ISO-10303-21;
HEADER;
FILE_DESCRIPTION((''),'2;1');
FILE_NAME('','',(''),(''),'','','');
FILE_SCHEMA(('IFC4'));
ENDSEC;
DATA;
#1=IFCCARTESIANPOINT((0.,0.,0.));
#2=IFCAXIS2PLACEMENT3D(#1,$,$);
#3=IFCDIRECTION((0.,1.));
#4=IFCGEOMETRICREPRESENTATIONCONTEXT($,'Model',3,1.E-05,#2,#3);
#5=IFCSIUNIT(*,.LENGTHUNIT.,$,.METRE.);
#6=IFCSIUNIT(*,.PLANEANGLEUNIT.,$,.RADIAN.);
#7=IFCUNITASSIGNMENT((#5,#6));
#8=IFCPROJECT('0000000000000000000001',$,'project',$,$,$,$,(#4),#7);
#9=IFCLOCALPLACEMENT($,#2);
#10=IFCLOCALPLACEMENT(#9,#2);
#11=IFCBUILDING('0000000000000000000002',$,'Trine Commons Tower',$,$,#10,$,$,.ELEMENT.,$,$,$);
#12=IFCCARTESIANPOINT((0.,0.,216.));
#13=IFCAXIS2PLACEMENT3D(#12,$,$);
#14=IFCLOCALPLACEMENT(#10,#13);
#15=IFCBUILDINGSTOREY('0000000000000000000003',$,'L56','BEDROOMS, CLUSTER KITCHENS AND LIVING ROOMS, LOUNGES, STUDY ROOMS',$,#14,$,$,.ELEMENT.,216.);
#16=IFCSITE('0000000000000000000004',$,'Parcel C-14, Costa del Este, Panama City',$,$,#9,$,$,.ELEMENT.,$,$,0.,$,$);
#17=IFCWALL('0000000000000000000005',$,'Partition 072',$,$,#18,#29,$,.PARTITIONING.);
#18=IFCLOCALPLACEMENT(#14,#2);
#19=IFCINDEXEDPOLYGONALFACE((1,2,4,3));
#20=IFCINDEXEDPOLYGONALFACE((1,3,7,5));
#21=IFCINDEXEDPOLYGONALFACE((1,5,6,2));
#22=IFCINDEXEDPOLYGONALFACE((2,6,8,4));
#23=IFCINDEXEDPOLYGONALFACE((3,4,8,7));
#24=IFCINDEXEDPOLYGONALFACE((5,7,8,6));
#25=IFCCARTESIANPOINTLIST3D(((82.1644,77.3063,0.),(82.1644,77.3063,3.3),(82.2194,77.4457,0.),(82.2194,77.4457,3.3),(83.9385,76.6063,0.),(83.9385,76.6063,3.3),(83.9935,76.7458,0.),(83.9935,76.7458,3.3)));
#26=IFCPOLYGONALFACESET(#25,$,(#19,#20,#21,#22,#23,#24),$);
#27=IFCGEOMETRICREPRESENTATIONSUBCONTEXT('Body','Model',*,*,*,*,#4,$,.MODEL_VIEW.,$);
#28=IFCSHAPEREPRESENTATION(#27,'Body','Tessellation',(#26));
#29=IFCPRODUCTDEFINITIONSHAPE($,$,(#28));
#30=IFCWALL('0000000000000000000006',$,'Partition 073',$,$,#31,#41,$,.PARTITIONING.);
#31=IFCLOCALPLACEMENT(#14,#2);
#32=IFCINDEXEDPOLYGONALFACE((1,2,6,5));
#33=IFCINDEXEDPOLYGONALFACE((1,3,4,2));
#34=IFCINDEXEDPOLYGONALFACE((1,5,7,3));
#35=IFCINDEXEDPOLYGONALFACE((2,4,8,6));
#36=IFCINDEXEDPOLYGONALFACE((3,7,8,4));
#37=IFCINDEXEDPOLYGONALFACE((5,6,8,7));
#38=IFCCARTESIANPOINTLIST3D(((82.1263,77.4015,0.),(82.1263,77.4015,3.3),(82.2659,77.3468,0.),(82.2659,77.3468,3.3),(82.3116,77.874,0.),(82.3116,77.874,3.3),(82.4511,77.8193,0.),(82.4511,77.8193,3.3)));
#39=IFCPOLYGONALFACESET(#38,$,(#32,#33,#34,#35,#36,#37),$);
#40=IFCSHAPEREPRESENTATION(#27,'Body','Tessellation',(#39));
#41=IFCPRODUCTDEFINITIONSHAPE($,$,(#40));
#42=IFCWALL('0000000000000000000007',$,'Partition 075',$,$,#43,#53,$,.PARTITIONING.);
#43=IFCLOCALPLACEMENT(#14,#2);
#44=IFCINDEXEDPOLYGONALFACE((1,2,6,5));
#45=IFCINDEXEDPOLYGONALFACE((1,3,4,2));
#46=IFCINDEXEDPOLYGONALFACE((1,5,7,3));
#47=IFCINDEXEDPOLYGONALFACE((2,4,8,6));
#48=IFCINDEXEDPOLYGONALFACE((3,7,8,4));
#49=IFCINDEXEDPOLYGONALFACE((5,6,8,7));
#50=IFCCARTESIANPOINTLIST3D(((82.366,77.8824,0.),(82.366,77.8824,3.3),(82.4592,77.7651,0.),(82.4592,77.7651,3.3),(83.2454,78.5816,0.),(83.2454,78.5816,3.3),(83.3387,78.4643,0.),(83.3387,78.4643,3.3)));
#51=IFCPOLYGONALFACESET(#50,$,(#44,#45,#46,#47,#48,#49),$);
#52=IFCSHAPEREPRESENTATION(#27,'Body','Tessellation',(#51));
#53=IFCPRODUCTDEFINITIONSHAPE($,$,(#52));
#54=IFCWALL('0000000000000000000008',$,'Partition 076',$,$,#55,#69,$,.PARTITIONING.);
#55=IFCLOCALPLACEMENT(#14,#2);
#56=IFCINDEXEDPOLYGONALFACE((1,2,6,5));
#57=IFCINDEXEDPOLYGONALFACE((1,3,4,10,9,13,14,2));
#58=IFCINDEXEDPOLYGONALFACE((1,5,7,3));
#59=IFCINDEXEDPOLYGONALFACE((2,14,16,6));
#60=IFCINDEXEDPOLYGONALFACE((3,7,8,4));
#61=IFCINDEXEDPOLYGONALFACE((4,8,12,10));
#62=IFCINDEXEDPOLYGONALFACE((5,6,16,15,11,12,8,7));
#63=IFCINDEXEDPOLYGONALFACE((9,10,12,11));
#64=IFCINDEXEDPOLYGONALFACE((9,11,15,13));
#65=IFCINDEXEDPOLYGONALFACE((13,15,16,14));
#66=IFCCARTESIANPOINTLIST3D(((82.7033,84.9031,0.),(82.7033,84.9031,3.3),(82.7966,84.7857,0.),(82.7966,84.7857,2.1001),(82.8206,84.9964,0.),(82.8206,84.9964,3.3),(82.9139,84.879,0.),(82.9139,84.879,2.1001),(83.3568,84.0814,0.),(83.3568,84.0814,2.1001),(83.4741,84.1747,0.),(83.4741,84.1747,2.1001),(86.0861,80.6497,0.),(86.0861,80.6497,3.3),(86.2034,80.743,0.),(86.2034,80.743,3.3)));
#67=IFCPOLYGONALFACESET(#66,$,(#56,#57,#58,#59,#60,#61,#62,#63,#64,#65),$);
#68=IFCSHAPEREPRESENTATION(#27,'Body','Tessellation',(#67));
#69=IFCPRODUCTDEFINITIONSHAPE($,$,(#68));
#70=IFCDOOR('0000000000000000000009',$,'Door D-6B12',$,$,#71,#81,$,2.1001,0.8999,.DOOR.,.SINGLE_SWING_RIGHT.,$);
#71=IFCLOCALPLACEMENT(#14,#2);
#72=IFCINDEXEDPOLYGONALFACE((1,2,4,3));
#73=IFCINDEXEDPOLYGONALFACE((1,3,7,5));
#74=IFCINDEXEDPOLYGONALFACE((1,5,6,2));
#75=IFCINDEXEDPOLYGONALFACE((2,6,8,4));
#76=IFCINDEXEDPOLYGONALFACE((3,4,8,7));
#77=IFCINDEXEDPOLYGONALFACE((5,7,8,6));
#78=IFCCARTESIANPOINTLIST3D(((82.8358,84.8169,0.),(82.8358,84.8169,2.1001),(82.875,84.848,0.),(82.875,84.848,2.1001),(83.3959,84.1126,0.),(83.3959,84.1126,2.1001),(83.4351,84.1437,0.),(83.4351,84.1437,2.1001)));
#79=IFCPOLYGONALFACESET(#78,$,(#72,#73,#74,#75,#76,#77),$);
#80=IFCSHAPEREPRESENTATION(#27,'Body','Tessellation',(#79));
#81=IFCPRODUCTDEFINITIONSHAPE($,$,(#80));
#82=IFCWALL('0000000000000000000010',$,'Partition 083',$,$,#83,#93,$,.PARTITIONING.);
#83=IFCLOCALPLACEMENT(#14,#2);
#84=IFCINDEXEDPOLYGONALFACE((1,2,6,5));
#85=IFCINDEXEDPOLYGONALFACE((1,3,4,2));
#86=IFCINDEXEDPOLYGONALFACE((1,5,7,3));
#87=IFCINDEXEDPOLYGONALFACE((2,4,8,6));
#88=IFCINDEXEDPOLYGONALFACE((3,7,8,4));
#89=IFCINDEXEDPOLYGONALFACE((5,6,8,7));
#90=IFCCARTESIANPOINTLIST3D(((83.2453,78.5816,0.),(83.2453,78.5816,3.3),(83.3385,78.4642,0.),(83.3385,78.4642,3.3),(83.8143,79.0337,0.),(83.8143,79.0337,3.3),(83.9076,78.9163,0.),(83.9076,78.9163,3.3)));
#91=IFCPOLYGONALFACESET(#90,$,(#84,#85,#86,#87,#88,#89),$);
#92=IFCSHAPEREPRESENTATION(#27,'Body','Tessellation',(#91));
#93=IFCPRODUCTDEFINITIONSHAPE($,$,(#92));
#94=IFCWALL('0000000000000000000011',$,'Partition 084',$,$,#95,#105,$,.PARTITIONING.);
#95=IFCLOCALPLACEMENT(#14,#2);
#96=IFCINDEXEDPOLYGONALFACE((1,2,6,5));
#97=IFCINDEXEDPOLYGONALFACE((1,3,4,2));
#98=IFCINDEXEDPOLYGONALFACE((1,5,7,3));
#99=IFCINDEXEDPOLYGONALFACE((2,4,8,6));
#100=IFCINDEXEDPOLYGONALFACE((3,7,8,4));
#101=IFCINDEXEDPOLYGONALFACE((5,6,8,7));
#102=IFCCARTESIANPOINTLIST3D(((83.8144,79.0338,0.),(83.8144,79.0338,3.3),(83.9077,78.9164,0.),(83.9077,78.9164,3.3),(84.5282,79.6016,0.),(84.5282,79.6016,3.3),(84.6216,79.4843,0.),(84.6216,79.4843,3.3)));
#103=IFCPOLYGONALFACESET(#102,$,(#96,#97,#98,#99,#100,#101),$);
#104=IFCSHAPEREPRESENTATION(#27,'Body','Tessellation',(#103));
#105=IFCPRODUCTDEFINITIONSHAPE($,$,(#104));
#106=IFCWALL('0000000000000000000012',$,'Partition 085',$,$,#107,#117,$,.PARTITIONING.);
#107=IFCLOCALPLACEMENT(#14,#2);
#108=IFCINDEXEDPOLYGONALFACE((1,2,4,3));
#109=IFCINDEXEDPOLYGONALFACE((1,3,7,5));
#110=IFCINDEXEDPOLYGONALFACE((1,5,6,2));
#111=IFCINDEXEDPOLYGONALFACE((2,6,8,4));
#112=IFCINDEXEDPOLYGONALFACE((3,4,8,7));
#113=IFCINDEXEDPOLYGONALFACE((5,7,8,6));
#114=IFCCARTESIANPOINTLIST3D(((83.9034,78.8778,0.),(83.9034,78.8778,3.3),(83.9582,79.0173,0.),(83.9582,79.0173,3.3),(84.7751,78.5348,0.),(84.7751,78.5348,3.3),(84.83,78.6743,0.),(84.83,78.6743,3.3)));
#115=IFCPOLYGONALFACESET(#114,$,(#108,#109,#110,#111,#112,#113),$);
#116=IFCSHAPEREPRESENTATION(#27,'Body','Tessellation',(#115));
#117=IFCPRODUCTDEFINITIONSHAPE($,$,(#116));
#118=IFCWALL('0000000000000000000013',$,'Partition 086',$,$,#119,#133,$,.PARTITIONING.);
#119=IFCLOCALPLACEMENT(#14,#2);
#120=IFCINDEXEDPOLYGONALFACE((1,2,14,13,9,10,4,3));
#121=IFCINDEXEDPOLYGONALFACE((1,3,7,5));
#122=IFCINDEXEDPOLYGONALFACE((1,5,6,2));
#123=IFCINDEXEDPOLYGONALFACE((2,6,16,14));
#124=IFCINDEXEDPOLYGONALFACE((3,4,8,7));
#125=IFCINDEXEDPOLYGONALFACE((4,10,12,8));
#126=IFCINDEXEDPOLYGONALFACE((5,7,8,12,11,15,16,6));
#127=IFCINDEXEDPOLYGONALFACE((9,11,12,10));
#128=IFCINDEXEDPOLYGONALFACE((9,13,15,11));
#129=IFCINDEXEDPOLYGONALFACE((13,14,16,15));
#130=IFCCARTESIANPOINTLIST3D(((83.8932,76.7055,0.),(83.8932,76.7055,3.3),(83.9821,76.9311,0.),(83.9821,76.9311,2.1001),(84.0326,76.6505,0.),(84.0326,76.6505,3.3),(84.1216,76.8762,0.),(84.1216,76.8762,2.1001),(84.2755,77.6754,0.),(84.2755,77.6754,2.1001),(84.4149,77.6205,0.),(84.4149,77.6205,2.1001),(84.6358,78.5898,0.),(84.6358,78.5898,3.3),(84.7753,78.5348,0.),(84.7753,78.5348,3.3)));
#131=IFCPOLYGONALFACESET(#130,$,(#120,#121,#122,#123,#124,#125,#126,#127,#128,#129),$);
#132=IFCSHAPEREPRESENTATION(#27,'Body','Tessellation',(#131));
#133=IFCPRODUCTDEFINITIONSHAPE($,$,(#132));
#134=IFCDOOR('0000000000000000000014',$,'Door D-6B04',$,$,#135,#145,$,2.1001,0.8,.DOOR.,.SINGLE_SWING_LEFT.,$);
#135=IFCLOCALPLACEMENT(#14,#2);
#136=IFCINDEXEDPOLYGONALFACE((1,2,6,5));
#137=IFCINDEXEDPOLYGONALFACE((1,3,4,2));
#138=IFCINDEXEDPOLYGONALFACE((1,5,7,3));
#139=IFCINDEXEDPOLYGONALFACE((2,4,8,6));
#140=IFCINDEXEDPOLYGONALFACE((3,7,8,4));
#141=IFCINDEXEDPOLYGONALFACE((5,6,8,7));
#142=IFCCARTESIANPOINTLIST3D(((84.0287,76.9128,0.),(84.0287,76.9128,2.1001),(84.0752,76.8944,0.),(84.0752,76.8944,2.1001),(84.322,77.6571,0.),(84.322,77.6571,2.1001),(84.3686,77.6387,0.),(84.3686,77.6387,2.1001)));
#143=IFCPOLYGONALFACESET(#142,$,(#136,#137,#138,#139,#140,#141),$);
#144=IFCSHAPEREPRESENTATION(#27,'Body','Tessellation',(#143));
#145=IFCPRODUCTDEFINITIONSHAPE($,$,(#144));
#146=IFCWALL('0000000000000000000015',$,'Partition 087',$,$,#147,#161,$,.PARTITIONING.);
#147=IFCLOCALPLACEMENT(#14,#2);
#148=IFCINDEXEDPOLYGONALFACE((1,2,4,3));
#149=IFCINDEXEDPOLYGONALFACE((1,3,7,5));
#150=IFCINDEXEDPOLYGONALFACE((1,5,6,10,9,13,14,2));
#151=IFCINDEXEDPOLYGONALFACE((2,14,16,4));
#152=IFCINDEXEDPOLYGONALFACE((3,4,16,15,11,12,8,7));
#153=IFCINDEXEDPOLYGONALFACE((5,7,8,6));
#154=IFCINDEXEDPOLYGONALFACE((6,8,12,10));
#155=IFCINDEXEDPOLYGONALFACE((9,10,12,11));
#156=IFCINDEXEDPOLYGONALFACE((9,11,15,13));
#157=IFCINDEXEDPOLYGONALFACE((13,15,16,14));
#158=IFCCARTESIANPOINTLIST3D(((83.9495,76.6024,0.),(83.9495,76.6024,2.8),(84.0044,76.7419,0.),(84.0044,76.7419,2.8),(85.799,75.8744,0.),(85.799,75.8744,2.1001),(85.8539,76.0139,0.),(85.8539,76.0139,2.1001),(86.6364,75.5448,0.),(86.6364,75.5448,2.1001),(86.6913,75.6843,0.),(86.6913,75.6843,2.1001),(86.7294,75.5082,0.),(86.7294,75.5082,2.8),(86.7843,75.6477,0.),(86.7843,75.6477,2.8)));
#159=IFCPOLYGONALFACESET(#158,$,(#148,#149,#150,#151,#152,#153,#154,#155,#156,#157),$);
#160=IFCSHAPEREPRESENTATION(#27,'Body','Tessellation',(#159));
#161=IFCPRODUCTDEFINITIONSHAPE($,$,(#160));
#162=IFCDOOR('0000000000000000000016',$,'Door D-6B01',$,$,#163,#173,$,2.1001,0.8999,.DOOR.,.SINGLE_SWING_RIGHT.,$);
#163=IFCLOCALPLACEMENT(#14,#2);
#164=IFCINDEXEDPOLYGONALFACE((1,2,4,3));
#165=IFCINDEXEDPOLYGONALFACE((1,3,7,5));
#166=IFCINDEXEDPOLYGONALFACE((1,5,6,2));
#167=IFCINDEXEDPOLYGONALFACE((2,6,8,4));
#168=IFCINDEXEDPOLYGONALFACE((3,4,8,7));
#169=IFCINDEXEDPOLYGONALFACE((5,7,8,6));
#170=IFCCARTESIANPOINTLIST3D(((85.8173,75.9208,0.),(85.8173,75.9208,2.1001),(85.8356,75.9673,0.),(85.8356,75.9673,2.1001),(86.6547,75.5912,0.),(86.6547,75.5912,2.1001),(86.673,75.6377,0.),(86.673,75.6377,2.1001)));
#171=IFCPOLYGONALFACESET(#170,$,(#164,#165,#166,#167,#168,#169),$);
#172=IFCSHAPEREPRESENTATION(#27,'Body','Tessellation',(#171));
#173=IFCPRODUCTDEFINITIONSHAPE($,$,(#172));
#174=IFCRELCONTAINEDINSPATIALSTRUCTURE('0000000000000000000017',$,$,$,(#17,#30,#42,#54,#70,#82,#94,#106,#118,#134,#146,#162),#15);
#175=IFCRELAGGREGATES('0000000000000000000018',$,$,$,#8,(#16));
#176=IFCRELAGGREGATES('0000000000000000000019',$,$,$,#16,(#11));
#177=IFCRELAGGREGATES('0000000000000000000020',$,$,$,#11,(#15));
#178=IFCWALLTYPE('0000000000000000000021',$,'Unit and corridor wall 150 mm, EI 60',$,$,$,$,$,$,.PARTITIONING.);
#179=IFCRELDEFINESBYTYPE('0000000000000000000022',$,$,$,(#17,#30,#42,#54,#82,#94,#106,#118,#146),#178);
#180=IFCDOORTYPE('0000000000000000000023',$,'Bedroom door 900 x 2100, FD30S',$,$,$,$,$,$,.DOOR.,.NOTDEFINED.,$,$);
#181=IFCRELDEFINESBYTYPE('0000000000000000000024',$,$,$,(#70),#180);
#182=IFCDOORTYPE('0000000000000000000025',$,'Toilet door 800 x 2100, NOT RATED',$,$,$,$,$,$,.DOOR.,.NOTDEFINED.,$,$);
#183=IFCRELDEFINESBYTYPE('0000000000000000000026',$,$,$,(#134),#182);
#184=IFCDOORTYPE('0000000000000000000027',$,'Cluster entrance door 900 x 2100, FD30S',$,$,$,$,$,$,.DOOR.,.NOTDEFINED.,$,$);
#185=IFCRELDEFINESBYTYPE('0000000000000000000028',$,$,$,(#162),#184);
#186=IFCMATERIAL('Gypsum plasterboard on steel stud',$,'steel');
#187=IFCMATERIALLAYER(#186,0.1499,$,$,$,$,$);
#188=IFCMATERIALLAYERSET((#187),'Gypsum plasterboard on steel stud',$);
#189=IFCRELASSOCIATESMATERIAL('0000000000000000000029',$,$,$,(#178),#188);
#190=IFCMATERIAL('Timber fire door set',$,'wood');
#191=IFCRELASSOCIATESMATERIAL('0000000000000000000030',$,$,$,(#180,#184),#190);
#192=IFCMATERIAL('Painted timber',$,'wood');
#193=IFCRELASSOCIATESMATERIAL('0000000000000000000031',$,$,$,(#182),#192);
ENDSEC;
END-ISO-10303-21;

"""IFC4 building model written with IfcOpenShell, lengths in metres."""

from ifc_helpers import new_model, si_unit, direction, frame, frame_2d, origin, place, context, subcontext, project, spatial, rectangle, extrude, material, layer, layer_set, type_object, element, fill, save


model = new_model("IFC4")

# Units and contexts
model_context = context("Model", 3, precision=1e-05, world=origin(), true_north=direction((0.0, 1.0)))
body_context = subcontext(model_context, "Body", "Model", "MODEL_VIEW")
ifc_project = project(units=[si_unit("LENGTHUNIT", "METRE"), si_unit("PLANEANGLEUNIT", "RADIAN")], contexts=[model_context])

# Site, building, storey
site_placement = place(None, origin())
site = spatial("IfcSite", under=ifc_project, at=site_placement, Name="Parcel C-14, Costa del Este, Panama City", CompositionType="ELEMENT", RefElevation=0.0)
building_placement = place(site_placement, origin())
building = spatial("IfcBuilding", under=site, at=building_placement, Name="Trine Commons Tower", CompositionType="ELEMENT")
storey_placement = place(building_placement, frame((0.0, 0.0, 216.0)))
storey = spatial("IfcBuildingStorey", under=building, at=storey_placement, Name="L56", Description="BEDROOMS, CLUSTER KITCHENS AND LIVING ROOMS, LOUNGES, STUDY ROOMS", CompositionType="ELEMENT", Elevation=216.0)

# Walls
ifc_material_1 = material(Name="Gypsum plasterboard on steel stud", Category="steel")
ifc_layer_1 = layer(ifc_material_1, 0.1499)
ifc_layer_set_1 = layer_set([ifc_layer_1], Name="Gypsum plasterboard on steel stud")
wall_type_1 = type_object("IfcWallType", Name="Unit and corridor wall 150 mm, EI 60", PredefinedType="PARTITIONING", material=ifc_layer_set_1)
wall_1_placement = place(storey_placement, frame((82.1919, 77.376, 0.0), z_axis=(0.0, 0.0, 1.0), x_axis=(0.930223, -0.366995, 0.0)))
element("IfcWall", 1, at=wall_1_placement, inside=storey, type_object=wall_type_1, Name="Partition 072", PredefinedType="PARTITIONING", context=body_context, shape_type="SweptSolid", body=[
    extrude(rectangle(XDim=1.9072, YDim=0.1499, at=frame_2d((0.9536, 0.0))), origin(), (0.0, 0.0, 1.0), 3.3),
])
wall_2_placement = place(storey_placement, frame((82.196, 77.374, 0.0), z_axis=(0.0, 0.0, 1.0), x_axis=(0.364998, 0.931008, 0.0)))
element("IfcWall", 2, at=wall_2_placement, inside=storey, type_object=wall_type_1, Name="Partition 073", PredefinedType="PARTITIONING", context=body_context, shape_type="SweptSolid", body=[
    extrude(rectangle(XDim=0.5076, YDim=0.1499, at=frame_2d((0.2539, 0.0))), origin(), (0.0, 0.0, 1.0), 3.3),
])
wall_3_placement = place(storey_placement, frame((82.4126, 77.8237, 0.0), z_axis=(0.0, 0.0, 1.0), x_axis=(0.782731, 0.62236, 0.0)))
element("IfcWall", 3, at=wall_3_placement, inside=storey, type_object=wall_type_1, Name="Partition 075", PredefinedType="PARTITIONING", context=body_context, shape_type="SweptSolid", body=[
    extrude(rectangle(XDim=1.1235, YDim=0.1499, at=frame_2d((0.5618, 0.0))), origin(), (0.0, 0.0, 1.0), 3.3),
])

# Wall, opening, door
wall_4_placement = place(storey_placement, frame((82.762, 84.9497, 0.0), z_axis=(0.0, 0.0, 1.0), x_axis=(0.622457, -0.782654, 0.0)))
wall_4 = element("IfcWall", 4, at=wall_4_placement, inside=storey, type_object=wall_type_1, Name="Partition 076", PredefinedType="PARTITIONING", context=body_context, shape_type="SweptSolid", body=[
    extrude(rectangle(XDim=5.4346, YDim=0.1499, at=frame_2d((2.7173, 0.0))), origin(), (0.0, 0.0, 1.0), 3.3),
])
opening_1_placement = place(wall_4_placement, frame((0.1499, 0.0, 0.0)))
opening_1 = element("IfcOpeningElement", 5, at=opening_1_placement, cuts=wall_4, PredefinedType="OPENING", context=body_context, shape_type="SweptSolid", body=[
    extrude(rectangle(XDim=0.8999, YDim=2.1001, at=frame_2d((0.45, 1.05))), frame((0.0, 0.085, 0.0), z_axis=(0.0, -1.0, 0.0), x_axis=(1.0, 0.0, 0.0)), (0.0, 0.0, 1.0), 0.1699),
])
ifc_material_2 = material(Name="Timber fire door set", Category="wood")
door_type_1 = type_object("IfcDoorType", Name="Bedroom door 900 x 2100, FD30S", OperationType="NOTDEFINED", PredefinedType="DOOR", material=ifc_material_2)
door_1_placement = place(opening_1_placement, frame((0.8999, 0.0, 0.0), z_axis=(0.0, 0.0, 1.0), x_axis=(-1.0, 0.0, 0.0)))
door_1 = element("IfcDoor", 6, at=door_1_placement, inside=storey, type_object=door_type_1, Name="Door D-6B12", OperationType="SINGLE_SWING_RIGHT", OverallHeight=2.1001, OverallWidth=0.8999, PredefinedType="DOOR", context=body_context, shape_type="SweptSolid", body=[
    extrude(rectangle(XDim=0.8999, YDim=2.1001, at=frame_2d((0.45, 1.05))), frame((0.0, 0.0249, 0.0), z_axis=(0.0, -1.0, 0.0), x_axis=(1.0, 0.0, 0.0)), (0.0, 0.0, 1.0), 0.05),
])
fill(opening_1, door_1)

# Walls
wall_5_placement = place(storey_placement, frame((83.292, 78.5229, 0.0), z_axis=(0.0, 0.0, 1.0), x_axis=(0.782962, 0.62207, 0.0)))
element("IfcWall", 7, at=wall_5_placement, inside=storey, type_object=wall_type_1, Name="Partition 083", PredefinedType="PARTITIONING", context=body_context, shape_type="SweptSolid", body=[
    extrude(rectangle(XDim=0.7268, YDim=0.1499, at=frame_2d((0.3633, 0.0))), origin(), (0.0, 0.0, 1.0), 3.3),
])
wall_6_placement = place(storey_placement, frame((83.8611, 78.9751, 0.0), z_axis=(0.0, 0.0, 1.0), x_axis=(0.782589, 0.622538, 0.0)))
element("IfcWall", 8, at=wall_6_placement, inside=storey, type_object=wall_type_1, Name="Partition 084", PredefinedType="PARTITIONING", context=body_context, shape_type="SweptSolid", body=[
    extrude(rectangle(XDim=0.9121, YDim=0.1499, at=frame_2d((0.4561, 0.0))), origin(), (0.0, 0.0, 1.0), 3.3),
])
wall_7_placement = place(storey_placement, frame((83.9309, 78.9475, 0.0), z_axis=(0.0, 0.0, 1.0), x_axis=(0.930564, -0.366128, 0.0)))
element("IfcWall", 9, at=wall_7_placement, inside=storey, type_object=wall_type_1, Name="Partition 085", PredefinedType="PARTITIONING", context=body_context, shape_type="SweptSolid", body=[
    extrude(rectangle(XDim=0.9368, YDim=0.1499, at=frame_2d((0.4683, 0.0))), origin(), (0.0, 0.0, 1.0), 3.3),
])

# Walls, openings, doors
wall_8_placement = place(storey_placement, frame((83.9629, 76.678, 0.0), z_axis=(0.0, 0.0, 1.0), x_axis=(0.366689, 0.930344, 0.0)))
wall_8 = element("IfcWall", 10, at=wall_8_placement, inside=storey, type_object=wall_type_1, Name="Partition 086", PredefinedType="PARTITIONING", context=body_context, shape_type="SweptSolid", body=[
    extrude(rectangle(XDim=2.0254, YDim=0.1499, at=frame_2d((1.0127, 0.0))), origin(), (0.0, 0.0, 1.0), 3.3),
])
opening_2_placement = place(wall_8_placement, frame((0.2427, 0.0, 0.0)))
opening_2 = element("IfcOpeningElement", 11, at=opening_2_placement, cuts=wall_8, PredefinedType="OPENING", context=body_context, shape_type="SweptSolid", body=[
    extrude(rectangle(XDim=0.8, YDim=2.1001, at=frame_2d((0.3999, 1.05))), frame((0.0, 0.085, 0.0), z_axis=(0.0, -1.0, 0.0), x_axis=(1.0, 0.0, 0.0)), (0.0, 0.0, 1.0), 0.1699),
])
ifc_material_3 = material(Name="Painted timber", Category="wood")
door_type_2 = type_object("IfcDoorType", Name="Toilet door 800 x 2100, NOT RATED", OperationType="NOTDEFINED", PredefinedType="DOOR", material=ifc_material_3)
door_2_placement = place(opening_2_placement, origin())
door_2 = element("IfcDoor", 12, at=door_2_placement, inside=storey, type_object=door_type_2, Name="Door D-6B04", OperationType="SINGLE_SWING_LEFT", OverallHeight=2.1001, OverallWidth=0.8, PredefinedType="DOOR", context=body_context, shape_type="SweptSolid", body=[
    extrude(rectangle(XDim=0.8, YDim=2.1001, at=frame_2d((0.3999, 1.05))), frame((0.0, 0.0249, 0.0), z_axis=(0.0, -1.0, 0.0), x_axis=(1.0, 0.0, 0.0)), (0.0, 0.0, 1.0), 0.05),
])
fill(opening_2, door_2)
wall_9_placement = place(storey_placement, frame((83.9771, 76.6721, 0.0), z_axis=(0.0, 0.0, 1.0), x_axis=(0.930514, -0.366257, 0.0)))
wall_9 = element("IfcWall", 13, at=wall_9_placement, inside=storey, type_object=wall_type_1, Name="Partition 087", PredefinedType="PARTITIONING", context=body_context, shape_type="SweptSolid", body=[
    extrude(rectangle(XDim=2.9875, YDim=0.1499, at=frame_2d((1.4937, 0.0))), origin(), (0.0, 0.0, 1.0), 2.8),
])
opening_3_placement = place(wall_9_placement, frame((1.9875, 0.0, 0.0)))
opening_3 = element("IfcOpeningElement", 14, at=opening_3_placement, cuts=wall_9, PredefinedType="OPENING", context=body_context, shape_type="SweptSolid", body=[
    extrude(rectangle(XDim=0.8999, YDim=2.1001, at=frame_2d((0.45, 1.05))), frame((0.0, 0.085, 0.0), z_axis=(0.0, -1.0, 0.0), x_axis=(1.0, 0.0, 0.0)), (0.0, 0.0, 1.0), 0.1699),
])
door_type_3 = type_object("IfcDoorType", Name="Cluster entrance door 900 x 2100, FD30S", OperationType="NOTDEFINED", PredefinedType="DOOR", material=ifc_material_2)
door_3_placement = place(opening_3_placement, origin())
door_3 = element("IfcDoor", 15, at=door_3_placement, inside=storey, type_object=door_type_3, Name="Door D-6B01", OperationType="SINGLE_SWING_RIGHT", OverallHeight=2.1001, OverallWidth=0.8999, PredefinedType="DOOR", context=body_context, shape_type="SweptSolid", body=[
    extrude(rectangle(XDim=0.8999, YDim=2.1001, at=frame_2d((0.45, 1.05))), frame((0.0, 0.0249, 0.0), z_axis=(0.0, -1.0, 0.0), x_axis=(1.0, 0.0, 0.0)), (0.0, 0.0, 1.0), 0.05),
])
fill(opening_3, door_3)

save(model, "model.ifc")
